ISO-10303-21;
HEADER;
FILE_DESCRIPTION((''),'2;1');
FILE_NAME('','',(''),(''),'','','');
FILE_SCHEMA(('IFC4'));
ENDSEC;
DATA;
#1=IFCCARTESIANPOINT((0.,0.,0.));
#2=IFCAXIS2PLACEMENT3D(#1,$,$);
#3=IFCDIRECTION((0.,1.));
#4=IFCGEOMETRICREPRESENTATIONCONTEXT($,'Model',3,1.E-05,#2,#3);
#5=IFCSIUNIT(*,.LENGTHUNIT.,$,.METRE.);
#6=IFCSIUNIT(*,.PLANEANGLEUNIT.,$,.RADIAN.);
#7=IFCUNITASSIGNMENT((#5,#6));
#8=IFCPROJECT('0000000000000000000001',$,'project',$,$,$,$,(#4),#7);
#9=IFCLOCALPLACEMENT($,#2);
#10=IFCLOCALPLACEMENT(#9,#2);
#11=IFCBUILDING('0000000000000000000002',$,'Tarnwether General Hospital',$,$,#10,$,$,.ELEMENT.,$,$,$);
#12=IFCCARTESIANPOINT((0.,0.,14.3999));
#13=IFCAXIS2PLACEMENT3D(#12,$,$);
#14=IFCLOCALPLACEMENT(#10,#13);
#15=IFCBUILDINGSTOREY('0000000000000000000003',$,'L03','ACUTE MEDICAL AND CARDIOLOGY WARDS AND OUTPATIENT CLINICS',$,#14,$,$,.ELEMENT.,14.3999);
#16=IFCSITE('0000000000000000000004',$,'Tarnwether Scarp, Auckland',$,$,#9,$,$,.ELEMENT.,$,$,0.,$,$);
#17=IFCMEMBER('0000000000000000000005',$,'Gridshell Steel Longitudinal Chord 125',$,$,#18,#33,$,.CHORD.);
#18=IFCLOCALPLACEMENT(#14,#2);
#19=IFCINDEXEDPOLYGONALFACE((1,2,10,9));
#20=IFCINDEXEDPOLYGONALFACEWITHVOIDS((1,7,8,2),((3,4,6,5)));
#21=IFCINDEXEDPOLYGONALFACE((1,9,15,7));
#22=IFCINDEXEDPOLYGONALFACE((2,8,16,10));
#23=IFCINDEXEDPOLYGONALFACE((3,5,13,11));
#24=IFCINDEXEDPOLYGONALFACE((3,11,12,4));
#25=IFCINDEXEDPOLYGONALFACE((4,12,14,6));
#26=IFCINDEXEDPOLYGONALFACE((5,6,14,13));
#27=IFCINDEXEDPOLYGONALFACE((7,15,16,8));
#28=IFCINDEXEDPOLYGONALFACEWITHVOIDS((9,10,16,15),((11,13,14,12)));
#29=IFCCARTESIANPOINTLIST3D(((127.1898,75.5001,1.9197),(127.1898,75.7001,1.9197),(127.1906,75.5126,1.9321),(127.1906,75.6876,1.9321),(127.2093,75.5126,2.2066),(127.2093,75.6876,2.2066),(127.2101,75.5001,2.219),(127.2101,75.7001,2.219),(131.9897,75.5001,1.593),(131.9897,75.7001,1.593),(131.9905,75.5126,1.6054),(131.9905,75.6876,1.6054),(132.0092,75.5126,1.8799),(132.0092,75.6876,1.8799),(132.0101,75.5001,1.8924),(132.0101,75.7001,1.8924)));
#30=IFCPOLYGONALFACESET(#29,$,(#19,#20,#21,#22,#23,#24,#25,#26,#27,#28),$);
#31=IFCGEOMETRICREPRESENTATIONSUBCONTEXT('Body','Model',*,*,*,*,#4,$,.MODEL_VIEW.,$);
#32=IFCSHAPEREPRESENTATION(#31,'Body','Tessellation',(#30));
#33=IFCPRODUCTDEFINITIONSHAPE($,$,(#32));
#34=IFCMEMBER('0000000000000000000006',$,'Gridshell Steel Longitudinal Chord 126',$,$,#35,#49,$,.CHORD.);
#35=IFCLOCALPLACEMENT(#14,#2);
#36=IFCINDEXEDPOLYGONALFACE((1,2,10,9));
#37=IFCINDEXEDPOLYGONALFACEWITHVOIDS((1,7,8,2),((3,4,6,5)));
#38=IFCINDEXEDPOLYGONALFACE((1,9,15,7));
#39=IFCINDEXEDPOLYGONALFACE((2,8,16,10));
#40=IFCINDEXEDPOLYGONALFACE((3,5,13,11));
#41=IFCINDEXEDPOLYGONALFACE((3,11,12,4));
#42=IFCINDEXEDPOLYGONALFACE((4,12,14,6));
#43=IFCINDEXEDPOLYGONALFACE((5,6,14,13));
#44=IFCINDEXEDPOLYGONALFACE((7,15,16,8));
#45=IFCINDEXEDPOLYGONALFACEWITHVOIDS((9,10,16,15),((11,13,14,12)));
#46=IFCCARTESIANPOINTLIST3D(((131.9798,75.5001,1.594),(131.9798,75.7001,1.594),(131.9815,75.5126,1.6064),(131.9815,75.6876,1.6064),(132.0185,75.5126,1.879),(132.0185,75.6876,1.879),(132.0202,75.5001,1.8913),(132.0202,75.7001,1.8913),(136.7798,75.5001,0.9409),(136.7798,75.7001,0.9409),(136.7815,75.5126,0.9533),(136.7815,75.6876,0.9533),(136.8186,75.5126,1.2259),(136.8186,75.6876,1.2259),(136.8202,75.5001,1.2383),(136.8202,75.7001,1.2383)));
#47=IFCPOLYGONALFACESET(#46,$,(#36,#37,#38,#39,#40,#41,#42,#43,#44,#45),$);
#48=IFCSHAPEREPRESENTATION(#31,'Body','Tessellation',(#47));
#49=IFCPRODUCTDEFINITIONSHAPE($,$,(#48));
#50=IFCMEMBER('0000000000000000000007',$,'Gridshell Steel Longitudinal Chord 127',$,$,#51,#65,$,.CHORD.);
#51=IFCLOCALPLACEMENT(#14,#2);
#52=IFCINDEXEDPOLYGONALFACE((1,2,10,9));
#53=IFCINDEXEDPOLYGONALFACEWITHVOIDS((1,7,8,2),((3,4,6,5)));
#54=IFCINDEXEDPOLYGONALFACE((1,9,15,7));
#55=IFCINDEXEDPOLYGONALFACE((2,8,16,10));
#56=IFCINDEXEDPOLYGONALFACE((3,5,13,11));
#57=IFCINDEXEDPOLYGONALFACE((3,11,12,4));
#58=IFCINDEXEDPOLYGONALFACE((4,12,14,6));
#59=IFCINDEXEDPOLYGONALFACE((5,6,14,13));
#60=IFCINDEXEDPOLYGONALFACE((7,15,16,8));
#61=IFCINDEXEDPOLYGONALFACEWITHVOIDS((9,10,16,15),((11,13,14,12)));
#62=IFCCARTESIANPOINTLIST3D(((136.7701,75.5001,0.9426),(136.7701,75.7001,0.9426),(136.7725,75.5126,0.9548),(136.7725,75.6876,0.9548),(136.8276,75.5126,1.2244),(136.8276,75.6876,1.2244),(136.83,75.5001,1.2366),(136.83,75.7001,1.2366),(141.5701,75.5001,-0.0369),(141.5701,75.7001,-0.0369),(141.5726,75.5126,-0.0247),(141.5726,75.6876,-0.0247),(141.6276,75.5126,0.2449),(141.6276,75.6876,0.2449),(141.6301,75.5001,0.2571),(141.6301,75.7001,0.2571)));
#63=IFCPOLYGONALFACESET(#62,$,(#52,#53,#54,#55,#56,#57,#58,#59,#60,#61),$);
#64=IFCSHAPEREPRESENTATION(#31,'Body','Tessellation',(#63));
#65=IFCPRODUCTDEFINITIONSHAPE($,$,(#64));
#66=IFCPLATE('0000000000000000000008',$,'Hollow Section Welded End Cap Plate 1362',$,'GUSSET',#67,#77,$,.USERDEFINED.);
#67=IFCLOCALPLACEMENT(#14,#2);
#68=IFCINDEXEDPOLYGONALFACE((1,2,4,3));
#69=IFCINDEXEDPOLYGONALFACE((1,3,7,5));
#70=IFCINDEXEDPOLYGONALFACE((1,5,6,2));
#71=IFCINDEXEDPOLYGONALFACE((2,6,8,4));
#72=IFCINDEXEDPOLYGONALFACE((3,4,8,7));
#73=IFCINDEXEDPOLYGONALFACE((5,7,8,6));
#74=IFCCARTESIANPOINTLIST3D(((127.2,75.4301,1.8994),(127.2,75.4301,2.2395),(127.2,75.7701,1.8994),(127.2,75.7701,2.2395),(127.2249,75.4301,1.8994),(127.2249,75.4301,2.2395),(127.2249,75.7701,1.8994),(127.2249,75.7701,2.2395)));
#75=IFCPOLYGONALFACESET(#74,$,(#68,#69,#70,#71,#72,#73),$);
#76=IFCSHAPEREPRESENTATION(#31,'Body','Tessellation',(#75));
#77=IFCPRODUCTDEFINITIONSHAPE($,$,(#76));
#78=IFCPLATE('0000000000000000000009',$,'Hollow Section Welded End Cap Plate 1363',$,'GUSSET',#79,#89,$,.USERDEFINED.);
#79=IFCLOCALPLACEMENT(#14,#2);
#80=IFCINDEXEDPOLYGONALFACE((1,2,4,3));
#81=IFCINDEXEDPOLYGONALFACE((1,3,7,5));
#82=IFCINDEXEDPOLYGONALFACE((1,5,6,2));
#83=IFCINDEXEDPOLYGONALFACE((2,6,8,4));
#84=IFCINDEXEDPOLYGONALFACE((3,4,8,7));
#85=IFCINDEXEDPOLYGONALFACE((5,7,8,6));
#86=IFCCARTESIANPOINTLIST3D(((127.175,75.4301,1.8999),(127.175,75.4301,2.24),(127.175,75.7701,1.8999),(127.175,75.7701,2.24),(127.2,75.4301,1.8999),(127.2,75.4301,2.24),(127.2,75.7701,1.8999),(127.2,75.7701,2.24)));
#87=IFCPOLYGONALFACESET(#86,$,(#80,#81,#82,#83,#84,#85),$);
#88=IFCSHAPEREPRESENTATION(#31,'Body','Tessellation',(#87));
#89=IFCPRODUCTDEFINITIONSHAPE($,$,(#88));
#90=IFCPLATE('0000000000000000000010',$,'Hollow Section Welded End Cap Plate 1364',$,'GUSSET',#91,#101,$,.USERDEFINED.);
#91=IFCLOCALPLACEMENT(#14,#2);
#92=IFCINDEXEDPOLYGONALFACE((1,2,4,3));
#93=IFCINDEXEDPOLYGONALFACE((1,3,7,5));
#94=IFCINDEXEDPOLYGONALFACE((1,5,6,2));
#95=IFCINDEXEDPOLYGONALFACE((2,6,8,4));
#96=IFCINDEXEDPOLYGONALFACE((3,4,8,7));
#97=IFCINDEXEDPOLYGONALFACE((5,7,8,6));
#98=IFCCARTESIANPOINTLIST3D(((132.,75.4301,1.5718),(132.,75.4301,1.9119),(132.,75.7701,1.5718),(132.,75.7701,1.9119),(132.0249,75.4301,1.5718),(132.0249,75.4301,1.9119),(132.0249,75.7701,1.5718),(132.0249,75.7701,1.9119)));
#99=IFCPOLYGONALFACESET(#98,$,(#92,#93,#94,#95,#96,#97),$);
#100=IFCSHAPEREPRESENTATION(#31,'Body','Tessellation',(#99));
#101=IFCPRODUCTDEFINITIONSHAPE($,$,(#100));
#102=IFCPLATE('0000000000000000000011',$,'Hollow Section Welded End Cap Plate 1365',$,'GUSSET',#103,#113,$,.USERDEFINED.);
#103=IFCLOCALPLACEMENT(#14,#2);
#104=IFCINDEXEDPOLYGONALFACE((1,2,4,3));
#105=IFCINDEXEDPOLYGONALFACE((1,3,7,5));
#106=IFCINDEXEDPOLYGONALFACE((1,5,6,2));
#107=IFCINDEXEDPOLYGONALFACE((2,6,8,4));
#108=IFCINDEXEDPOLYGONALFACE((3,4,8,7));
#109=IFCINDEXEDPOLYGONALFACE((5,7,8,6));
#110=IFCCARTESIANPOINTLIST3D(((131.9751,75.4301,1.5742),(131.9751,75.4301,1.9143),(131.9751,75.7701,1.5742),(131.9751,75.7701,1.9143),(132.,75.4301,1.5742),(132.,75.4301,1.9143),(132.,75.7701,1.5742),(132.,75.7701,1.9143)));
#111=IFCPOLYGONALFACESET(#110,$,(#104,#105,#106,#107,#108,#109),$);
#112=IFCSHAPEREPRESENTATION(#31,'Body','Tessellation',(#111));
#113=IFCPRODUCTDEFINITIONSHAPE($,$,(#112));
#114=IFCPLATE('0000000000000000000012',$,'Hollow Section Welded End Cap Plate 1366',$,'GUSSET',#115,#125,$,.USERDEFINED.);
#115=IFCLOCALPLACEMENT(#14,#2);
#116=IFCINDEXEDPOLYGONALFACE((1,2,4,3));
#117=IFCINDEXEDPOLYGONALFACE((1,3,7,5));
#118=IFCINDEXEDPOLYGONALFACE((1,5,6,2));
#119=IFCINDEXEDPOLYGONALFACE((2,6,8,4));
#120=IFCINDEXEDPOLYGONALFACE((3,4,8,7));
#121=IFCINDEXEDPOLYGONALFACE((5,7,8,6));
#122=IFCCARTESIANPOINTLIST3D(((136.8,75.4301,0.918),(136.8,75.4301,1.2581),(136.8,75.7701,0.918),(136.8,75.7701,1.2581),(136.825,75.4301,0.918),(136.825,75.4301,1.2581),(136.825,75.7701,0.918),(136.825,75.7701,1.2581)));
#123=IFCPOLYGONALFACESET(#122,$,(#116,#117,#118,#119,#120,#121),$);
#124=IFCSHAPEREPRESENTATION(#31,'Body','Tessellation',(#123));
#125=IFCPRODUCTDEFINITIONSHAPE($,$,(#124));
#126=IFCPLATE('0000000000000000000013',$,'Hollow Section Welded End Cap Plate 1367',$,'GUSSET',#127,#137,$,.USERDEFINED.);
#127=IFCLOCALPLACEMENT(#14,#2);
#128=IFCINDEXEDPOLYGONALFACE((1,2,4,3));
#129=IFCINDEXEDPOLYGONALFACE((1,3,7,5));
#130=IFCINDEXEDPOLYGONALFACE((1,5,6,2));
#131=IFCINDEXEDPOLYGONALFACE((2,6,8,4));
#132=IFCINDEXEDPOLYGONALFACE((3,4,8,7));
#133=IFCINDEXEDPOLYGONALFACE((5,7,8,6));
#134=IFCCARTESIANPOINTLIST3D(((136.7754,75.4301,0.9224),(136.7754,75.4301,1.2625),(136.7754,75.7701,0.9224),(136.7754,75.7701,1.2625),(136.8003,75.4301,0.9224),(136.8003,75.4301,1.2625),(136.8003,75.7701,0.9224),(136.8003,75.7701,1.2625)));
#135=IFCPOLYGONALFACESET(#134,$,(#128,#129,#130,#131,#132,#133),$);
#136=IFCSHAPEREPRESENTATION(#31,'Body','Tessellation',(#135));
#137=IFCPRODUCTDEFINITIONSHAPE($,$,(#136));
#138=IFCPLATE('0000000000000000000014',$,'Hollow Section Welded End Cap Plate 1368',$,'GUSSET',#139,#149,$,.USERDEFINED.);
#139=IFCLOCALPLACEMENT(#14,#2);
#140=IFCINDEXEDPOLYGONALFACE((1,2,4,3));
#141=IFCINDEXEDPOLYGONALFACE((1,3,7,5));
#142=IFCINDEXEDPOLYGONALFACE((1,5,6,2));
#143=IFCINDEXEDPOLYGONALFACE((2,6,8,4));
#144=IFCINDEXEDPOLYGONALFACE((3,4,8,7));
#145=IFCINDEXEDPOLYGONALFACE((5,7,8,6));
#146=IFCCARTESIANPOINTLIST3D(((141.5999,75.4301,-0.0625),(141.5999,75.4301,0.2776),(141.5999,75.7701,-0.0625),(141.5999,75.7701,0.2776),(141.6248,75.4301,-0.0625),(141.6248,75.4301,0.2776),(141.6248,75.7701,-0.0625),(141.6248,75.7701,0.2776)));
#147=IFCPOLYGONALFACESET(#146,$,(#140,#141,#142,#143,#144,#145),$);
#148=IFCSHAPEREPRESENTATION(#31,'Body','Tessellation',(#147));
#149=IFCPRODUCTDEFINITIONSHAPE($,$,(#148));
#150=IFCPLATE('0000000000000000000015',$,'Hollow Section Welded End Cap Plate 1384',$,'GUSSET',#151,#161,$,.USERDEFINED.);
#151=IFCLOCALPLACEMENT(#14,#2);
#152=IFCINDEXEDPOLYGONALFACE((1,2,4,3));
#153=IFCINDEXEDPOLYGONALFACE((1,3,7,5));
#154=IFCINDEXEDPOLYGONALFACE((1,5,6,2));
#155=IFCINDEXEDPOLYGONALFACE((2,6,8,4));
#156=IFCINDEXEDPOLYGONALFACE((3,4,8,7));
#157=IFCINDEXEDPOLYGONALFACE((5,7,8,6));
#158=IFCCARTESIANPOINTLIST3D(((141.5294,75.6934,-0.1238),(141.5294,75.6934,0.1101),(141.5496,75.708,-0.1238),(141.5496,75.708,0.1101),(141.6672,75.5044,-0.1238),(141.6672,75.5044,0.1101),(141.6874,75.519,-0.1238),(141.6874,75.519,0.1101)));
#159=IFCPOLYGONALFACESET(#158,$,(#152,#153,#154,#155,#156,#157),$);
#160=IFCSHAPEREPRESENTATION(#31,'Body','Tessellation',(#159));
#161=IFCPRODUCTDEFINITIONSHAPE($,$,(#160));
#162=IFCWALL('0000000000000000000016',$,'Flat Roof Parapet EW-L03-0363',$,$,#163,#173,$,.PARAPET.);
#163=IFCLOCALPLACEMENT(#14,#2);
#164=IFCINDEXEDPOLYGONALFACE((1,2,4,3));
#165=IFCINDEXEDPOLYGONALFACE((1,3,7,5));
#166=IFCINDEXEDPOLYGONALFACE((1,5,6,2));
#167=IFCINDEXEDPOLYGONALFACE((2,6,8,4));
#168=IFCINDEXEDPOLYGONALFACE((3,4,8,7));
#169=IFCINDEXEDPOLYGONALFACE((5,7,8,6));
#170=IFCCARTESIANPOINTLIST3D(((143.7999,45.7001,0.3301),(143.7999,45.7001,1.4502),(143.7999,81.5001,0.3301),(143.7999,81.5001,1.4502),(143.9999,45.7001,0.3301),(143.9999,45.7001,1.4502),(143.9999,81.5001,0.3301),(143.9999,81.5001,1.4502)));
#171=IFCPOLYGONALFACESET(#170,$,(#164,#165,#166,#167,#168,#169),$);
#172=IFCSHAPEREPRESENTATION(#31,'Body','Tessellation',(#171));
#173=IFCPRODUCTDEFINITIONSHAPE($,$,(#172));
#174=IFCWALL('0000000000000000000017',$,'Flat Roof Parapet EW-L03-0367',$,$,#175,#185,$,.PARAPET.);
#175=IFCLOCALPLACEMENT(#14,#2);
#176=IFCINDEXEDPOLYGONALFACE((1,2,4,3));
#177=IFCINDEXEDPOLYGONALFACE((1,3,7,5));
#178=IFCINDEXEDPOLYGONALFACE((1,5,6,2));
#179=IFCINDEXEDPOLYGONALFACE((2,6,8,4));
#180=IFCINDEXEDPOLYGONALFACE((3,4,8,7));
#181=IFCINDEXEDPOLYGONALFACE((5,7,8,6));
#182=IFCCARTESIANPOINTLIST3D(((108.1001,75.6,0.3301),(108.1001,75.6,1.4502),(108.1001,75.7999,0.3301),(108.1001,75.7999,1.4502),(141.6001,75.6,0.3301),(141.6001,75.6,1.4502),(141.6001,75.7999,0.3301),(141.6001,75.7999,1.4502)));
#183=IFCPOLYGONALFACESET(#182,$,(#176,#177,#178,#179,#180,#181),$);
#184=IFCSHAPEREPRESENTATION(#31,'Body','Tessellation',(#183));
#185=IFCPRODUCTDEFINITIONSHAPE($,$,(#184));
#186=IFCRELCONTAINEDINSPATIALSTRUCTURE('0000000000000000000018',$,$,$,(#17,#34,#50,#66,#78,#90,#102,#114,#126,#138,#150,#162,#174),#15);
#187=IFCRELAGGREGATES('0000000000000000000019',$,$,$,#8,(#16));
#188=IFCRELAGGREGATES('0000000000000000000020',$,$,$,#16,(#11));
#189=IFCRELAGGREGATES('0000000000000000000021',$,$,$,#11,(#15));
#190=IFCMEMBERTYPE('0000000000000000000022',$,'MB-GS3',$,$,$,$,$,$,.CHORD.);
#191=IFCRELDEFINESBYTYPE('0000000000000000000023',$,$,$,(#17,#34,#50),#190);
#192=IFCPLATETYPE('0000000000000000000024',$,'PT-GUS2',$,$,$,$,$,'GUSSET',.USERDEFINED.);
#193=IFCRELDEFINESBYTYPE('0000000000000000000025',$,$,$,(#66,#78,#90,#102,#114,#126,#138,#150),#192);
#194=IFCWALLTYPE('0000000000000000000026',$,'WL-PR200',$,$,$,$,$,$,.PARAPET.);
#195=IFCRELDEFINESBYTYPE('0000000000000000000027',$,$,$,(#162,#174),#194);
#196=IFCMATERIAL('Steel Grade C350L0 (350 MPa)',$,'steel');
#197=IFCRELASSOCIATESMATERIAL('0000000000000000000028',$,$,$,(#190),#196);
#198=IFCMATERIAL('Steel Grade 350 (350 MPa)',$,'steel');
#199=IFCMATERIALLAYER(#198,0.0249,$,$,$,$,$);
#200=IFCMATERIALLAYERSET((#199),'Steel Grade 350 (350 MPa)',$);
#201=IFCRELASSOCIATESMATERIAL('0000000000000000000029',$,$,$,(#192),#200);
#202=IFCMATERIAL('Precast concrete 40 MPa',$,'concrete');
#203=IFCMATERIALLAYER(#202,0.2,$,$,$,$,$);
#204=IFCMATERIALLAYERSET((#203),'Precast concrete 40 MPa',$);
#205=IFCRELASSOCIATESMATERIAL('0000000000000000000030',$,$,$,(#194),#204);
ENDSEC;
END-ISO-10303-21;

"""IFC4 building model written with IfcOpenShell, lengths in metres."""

from ifc_helpers import new_model, si_unit, direction, frame, frame_2d, origin, origin_2d, place, context, subcontext, project, spatial, rectangle, hollow_rectangle, extrude, material, layer, layer_set, material_profile, profile_set, type_object, element, save


model = new_model("IFC4")

# Units and contexts
model_context = context("Model", 3, precision=1e-05, world=origin(), true_north=direction((0.0, 1.0)))
body_context = subcontext(model_context, "Body", "Model", "MODEL_VIEW")
ifc_project = project(units=[si_unit("LENGTHUNIT", "METRE"), si_unit("PLANEANGLEUNIT", "RADIAN")], contexts=[model_context])

# Site, building, storey
site_placement = place(None, origin())
site = spatial("IfcSite", under=ifc_project, at=site_placement, Name="Tarnwether Scarp, Auckland", CompositionType="ELEMENT", RefElevation=0.0)
building_placement = place(site_placement, origin())
building = spatial("IfcBuilding", under=site, at=building_placement, Name="Tarnwether General Hospital", CompositionType="ELEMENT")
storey_placement = place(building_placement, frame((0.0, 0.0, 14.3999)))
storey = spatial("IfcBuildingStorey", under=building, at=storey_placement, Name="L03", Description="ACUTE MEDICAL AND CARDIOLOGY WARDS AND OUTPATIENT CLINICS", CompositionType="ELEMENT", Elevation=14.3999)

# Members
ifc_material_1 = material(Name="Steel Grade C350L0 (350 MPa)", Category="steel")
ifc_material_profile = material_profile(ifc_material_1, hollow_rectangle(XDim=0.2, YDim=0.3, WallThickness=0.0125, at=origin_2d()), Name="RHS300x200x12.5")
ifc_profile_set = profile_set([ifc_material_profile], Name="Steel Grade C350L0 (350 MPa)")
member_type = type_object("IfcMemberType", Name="MB-GS3", PredefinedType="CHORD", material=ifc_profile_set)
member_1_placement = place(storey_placement, frame((127.2, 75.6001, 2.0693), z_axis=(0.997692, 0.0, -0.067896), x_axis=(0.0, 1.0, 0.0)))
element("IfcMember", 1, at=member_1_placement, inside=storey, type_object=member_type, Name="Gridshell Steel Longitudinal Chord 125", PredefinedType="CHORD", context=body_context, shape_type="SweptSolid", body=[
    extrude(hollow_rectangle(XDim=0.2, YDim=0.3, WallThickness=0.0125, at=origin_2d()), origin(), (0.0, 0.0, 1.0), 4.811),
])
member_2_placement = place(storey_placement, frame((132.0, 75.6001, 1.7427), z_axis=(0.990871, 0.0, -0.134814), x_axis=(0.0, 1.0, 0.0)))
element("IfcMember", 2, at=member_2_placement, inside=storey, type_object=member_type, Name="Gridshell Steel Longitudinal Chord 126", PredefinedType="CHORD", context=body_context, shape_type="SweptSolid", body=[
    extrude(hollow_rectangle(XDim=0.2, YDim=0.3, WallThickness=0.0125, at=origin_2d()), origin(), (0.0, 0.0, 1.0), 4.8442),
])
member_3_placement = place(storey_placement, frame((136.8, 75.6001, 1.0896), z_axis=(0.979808, 0.0, -0.199939), x_axis=(0.0, 1.0, 0.0)))
element("IfcMember", 3, at=member_3_placement, inside=storey, type_object=member_type, Name="Gridshell Steel Longitudinal Chord 127", PredefinedType="CHORD", context=body_context, shape_type="SweptSolid", body=[
    extrude(hollow_rectangle(XDim=0.2, YDim=0.3, WallThickness=0.0125, at=origin_2d()), origin(), (0.0, 0.0, 1.0), 4.8989),
])

# Plates
ifc_material_2 = material(Name="Steel Grade 350 (350 MPa)", Category="steel")
ifc_layer_1 = layer(ifc_material_2, 0.0249)
ifc_layer_set_1 = layer_set([ifc_layer_1], Name="Steel Grade 350 (350 MPa)")
plate_type = type_object("IfcPlateType", Name="PT-GUS2", ElementType="GUSSET", PredefinedType="USERDEFINED", material=ifc_layer_set_1)
for number, where, z_axis, x_axis, name in (
    (4, (127.2124, 75.6001, 1.8994), (0.0, 0.0, 1.0), (1.0, 0.0, 0.0), "Hollow Section Welded End Cap Plate 1362"),
    (5, (127.1875, 75.6001, 1.8999), (0.0, 0.0, 1.0), (1.0, 0.0, 0.0), "Hollow Section Welded End Cap Plate 1363"),
    (6, (132.0125, 75.6001, 1.5718), (0.0, 0.0, 1.0), (1.0, 0.0, 0.0), "Hollow Section Welded End Cap Plate 1364"),
    (7, (131.9875, 75.6001, 1.5742), (0.0, 0.0, 1.0), (1.0, 0.0, 0.0), "Hollow Section Welded End Cap Plate 1365"),
    (8, (136.8125, 75.6001, 0.918), (0.0, 0.0, 1.0), (1.0, 0.0, 0.0), "Hollow Section Welded End Cap Plate 1366"),
    (9, (136.7878, 75.6001, 0.9224), (0.0, 0.0, 1.0), (1.0, 0.0, 0.0), "Hollow Section Welded End Cap Plate 1367"),
    (10, (141.6123, 75.6001, -0.0625), (0.0, 0.0, 1.0), (1.0, 0.0, 0.0), "Hollow Section Welded End Cap Plate 1368"),
):
    element("IfcPlate", number, at=place(storey_placement, frame(where, z_axis=z_axis, x_axis=x_axis)), inside=storey, type_object=plate_type, Name=name, ObjectType="GUSSET", PredefinedType="USERDEFINED", context=body_context, shape_type="SweptSolid", body=[
        extrude(rectangle(XDim=0.0249, YDim=0.3401, at=origin_2d()), origin(), (0.0, 0.0, 1.0), 0.3401),
    ])
plate_placement = place(storey_placement, frame((141.6084, 75.6062, -0.1238), z_axis=(0.0, 0.0, 1.0), x_axis=(0.80801, 0.589168, 0.0)))
element("IfcPlate", 11, at=plate_placement, inside=storey, type_object=plate_type, Name="Hollow Section Welded End Cap Plate 1384", ObjectType="GUSSET", PredefinedType="USERDEFINED", context=body_context, shape_type="SweptSolid", body=[
    extrude(rectangle(XDim=0.0249, YDim=0.2339, at=origin_2d()), origin(), (0.0, 0.0, 1.0), 0.2339),
])

# Walls
ifc_material_3 = material(Name="Precast concrete 40 MPa", Category="concrete")
ifc_layer_2 = layer(ifc_material_3, 0.2)
ifc_layer_set_2 = layer_set([ifc_layer_2], Name="Precast concrete 40 MPa")
wall_type = type_object("IfcWallType", Name="WL-PR200", PredefinedType="PARAPET", material=ifc_layer_set_2)
wall_1_placement = place(storey_placement, frame((143.8999, 81.5, 0.3301), z_axis=(0.0, 0.0, 1.0), x_axis=(0.0, -1.0, 0.0)))
element("IfcWall", 12, at=wall_1_placement, inside=storey, type_object=wall_type, Name="Flat Roof Parapet EW-L03-0363", PredefinedType="PARAPET", context=body_context, shape_type="SweptSolid", body=[
    extrude(rectangle(XDim=35.8, YDim=0.2, at=frame_2d((17.8999, 0.0))), origin(), (0.0, 0.0, 1.0), 1.1201),
])
wall_2_placement = place(storey_placement, frame((141.6001, 75.7, 0.3301), z_axis=(0.0, 0.0, 1.0), x_axis=(-1.0, 0.0, 0.0)))
element("IfcWall", 13, at=wall_2_placement, inside=storey, type_object=wall_type, Name="Flat Roof Parapet EW-L03-0367", PredefinedType="PARAPET", context=body_context, shape_type="SweptSolid", body=[
    extrude(rectangle(XDim=33.5, YDim=0.2, at=frame_2d((16.75, 0.0))), origin(), (0.0, 0.0, 1.0), 1.1201),
])

save(model, "model.ifc")
